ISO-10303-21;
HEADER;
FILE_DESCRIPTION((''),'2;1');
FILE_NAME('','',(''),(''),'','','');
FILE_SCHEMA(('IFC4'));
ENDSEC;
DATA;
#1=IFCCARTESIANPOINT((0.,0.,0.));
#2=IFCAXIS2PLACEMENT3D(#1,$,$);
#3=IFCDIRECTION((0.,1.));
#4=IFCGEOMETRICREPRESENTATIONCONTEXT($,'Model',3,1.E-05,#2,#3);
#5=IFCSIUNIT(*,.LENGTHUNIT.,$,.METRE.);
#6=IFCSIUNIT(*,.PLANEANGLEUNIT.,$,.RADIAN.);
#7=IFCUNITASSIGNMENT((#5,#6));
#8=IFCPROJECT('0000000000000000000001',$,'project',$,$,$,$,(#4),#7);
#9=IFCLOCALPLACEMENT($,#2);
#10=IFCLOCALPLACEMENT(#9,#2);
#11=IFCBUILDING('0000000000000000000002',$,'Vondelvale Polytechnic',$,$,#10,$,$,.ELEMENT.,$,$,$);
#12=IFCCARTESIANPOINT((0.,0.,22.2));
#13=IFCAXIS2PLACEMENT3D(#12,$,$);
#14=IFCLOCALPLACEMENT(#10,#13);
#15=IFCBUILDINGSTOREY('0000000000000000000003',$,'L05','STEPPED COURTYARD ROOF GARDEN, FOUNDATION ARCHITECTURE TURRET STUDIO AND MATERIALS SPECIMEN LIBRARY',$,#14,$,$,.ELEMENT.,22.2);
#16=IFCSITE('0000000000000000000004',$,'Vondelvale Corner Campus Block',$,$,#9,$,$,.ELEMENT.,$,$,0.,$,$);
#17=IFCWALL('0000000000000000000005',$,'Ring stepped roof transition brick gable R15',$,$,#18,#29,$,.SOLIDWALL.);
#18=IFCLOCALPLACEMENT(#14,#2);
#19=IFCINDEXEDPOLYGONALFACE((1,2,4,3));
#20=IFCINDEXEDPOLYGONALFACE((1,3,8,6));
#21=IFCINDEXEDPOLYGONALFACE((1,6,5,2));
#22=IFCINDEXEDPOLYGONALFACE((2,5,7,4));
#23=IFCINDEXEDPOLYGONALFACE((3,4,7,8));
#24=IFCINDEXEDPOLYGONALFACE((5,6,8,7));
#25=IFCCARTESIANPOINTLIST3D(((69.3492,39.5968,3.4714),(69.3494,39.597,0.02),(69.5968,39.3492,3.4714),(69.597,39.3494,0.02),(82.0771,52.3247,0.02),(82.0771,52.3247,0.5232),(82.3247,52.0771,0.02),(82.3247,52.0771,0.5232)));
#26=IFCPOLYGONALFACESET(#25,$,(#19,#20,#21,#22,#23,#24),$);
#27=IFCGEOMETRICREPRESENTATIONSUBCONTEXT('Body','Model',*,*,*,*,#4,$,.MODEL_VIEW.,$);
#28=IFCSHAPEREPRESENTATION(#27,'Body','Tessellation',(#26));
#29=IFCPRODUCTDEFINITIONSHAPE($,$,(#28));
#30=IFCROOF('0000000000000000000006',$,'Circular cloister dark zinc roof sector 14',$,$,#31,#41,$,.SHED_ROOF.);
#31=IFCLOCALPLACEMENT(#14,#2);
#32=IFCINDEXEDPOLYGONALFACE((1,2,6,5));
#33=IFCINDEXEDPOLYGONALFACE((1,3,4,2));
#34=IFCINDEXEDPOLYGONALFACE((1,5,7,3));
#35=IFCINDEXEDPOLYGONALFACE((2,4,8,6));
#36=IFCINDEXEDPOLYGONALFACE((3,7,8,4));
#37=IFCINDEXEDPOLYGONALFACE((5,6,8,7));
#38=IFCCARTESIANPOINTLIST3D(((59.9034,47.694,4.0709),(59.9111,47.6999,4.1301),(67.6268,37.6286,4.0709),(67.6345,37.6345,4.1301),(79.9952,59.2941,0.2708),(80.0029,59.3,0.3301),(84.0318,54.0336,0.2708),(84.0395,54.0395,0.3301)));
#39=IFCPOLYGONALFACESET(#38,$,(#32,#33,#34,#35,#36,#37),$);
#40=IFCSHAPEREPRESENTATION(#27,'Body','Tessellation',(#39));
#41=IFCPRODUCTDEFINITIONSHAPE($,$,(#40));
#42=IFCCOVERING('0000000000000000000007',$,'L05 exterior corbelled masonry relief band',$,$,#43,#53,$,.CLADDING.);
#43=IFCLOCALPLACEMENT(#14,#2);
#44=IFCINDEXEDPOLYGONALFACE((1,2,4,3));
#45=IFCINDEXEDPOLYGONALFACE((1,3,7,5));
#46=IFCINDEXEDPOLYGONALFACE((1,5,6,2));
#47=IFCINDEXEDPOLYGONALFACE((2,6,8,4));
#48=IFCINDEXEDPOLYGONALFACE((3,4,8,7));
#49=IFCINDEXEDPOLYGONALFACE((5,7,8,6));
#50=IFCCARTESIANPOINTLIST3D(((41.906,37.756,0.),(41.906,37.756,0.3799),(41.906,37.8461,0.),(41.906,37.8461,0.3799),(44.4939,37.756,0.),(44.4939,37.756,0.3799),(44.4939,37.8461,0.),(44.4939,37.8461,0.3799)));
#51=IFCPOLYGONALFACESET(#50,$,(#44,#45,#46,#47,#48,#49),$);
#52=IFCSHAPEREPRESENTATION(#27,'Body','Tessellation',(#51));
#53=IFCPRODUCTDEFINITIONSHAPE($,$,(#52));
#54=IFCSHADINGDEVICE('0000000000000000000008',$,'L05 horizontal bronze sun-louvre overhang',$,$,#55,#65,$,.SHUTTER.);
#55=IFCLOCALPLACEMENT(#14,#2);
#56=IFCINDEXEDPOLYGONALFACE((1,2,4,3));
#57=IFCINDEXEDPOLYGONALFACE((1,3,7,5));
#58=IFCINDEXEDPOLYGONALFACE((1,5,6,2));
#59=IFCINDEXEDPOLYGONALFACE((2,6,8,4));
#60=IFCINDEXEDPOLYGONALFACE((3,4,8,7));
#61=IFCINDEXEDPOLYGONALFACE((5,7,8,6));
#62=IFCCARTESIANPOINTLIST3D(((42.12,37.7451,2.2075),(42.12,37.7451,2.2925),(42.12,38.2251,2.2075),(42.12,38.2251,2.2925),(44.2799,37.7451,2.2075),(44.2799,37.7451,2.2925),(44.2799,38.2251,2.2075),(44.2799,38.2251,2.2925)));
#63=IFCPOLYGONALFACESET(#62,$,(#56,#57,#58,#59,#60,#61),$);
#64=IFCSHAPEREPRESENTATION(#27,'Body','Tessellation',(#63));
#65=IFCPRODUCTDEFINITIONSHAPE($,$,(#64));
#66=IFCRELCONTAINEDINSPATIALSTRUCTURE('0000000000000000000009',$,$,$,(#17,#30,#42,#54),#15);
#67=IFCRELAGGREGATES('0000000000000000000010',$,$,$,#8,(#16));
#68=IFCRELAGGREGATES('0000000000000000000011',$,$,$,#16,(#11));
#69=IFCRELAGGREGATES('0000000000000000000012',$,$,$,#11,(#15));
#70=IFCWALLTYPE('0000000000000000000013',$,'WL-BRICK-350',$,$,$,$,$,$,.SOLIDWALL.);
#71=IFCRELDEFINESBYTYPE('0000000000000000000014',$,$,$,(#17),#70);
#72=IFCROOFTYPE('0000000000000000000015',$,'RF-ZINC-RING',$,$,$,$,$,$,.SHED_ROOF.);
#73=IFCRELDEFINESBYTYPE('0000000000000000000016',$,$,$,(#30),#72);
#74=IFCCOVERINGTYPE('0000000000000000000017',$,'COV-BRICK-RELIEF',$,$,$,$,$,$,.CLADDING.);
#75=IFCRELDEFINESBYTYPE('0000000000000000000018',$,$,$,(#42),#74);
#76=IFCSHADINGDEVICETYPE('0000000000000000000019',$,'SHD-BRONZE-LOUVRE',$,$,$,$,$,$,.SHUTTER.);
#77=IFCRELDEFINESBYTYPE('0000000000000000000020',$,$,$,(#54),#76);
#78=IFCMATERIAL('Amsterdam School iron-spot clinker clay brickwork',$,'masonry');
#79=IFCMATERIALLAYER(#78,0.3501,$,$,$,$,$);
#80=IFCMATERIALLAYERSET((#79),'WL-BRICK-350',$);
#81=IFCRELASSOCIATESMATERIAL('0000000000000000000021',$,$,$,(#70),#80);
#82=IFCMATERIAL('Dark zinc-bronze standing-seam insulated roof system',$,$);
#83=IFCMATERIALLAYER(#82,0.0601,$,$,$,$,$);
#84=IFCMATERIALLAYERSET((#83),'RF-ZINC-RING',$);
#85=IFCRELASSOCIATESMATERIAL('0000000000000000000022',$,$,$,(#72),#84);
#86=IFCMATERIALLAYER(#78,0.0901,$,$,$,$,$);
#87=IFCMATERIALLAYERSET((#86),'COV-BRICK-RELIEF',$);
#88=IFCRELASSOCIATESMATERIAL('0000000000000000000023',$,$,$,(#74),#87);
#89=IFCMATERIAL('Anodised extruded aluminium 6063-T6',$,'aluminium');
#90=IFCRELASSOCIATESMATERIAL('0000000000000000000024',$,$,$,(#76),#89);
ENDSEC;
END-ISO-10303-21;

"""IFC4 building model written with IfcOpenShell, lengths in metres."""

from ifc_helpers import new_model, si_unit, direction, frame, origin, origin_2d, place, context, subcontext, project, spatial, polyline, rectangle, outline, extrude, material, layer, layer_set, type_object, element, save


model = new_model("IFC4")

# Units and contexts
model_context = context("Model", 3, precision=1e-05, world=origin(), true_north=direction((0.0, 1.0)))
body_context = subcontext(model_context, "Body", "Model", "MODEL_VIEW")
ifc_project = project(units=[si_unit("LENGTHUNIT", "METRE"), si_unit("PLANEANGLEUNIT", "RADIAN")], contexts=[model_context])

# Site, building, storey
site_placement = place(None, origin())
site = spatial("IfcSite", under=ifc_project, at=site_placement, Name="Vondelvale Corner Campus Block", CompositionType="ELEMENT", RefElevation=0.0)
building_placement = place(site_placement, origin())
building = spatial("IfcBuilding", under=site, at=building_placement, Name="Vondelvale Polytechnic", CompositionType="ELEMENT")
storey_placement = place(building_placement, frame((0.0, 0.0, 22.2)))
storey = spatial("IfcBuildingStorey", under=building, at=storey_placement, Name="L05", Description="STEPPED COURTYARD ROOF GARDEN, FOUNDATION ARCHITECTURE TURRET STUDIO AND MATERIALS SPECIMEN LIBRARY", CompositionType="ELEMENT", Elevation=22.2)

# Shared definitions
ifc_material_1 = material(Name="Amsterdam School iron-spot clinker clay brickwork", Category="masonry")

# Wall
ifc_layer_1 = layer(ifc_material_1, 0.3501)
ifc_layer_set_1 = layer_set([ifc_layer_1], Name="WL-BRICK-350")
wall_type_1 = type_object("IfcWallType", Name="WL-BRICK-350", PredefinedType="SOLIDWALL", material=ifc_layer_set_1)
wall_1_placement = place(storey_placement, frame((82.2009, 52.2009, 0.02), z_axis=(0.0, 0.0, 1.0), x_axis=(-0.707107, -0.707107, 0.0)))
element("IfcWall", 1, at=wall_1_placement, inside=storey, type_object=wall_type_1, Name="Ring stepped roof transition brick gable R15", PredefinedType="SOLIDWALL", context=body_context, shape_type="SweptSolid", body=[
    extrude(outline(polyline([(0.0, 0.0), (17.9998, 0.0), (18.0, 3.4514), (0.0, 0.5032), (0.0, 0.0)])), frame((0.0, 0.175, 0.0), z_axis=(0.0, -1.0, 0.0), x_axis=(1.0, 0.0, 0.0)), (0.0, 0.0, 1.0), 0.3501),
])

# Roof
ifc_material_2 = material(Name="Dark zinc-bronze standing-seam insulated roof system")
ifc_layer_2 = layer(ifc_material_2, 0.0601)
ifc_layer_set_2 = layer_set([ifc_layer_2], Name="RF-ZINC-RING")
roof_type = type_object("IfcRoofType", Name="RF-ZINC-RING", PredefinedType="SHED_ROOF", material=ifc_layer_set_2)
roof_placement = place(storey_placement, frame((80.0029, 59.3, 0.3301), z_axis=(0.129315, 0.099227, 0.986626), x_axis=(-0.854635, -0.493428, 0.16164)))
element("IfcRoof", 2, at=roof_placement, inside=storey, type_object=roof_type, Name="Circular cloister dark zinc roof sector 14", PredefinedType="SHED_ROOF", context=body_context, shape_type="SweptSolid", body=[
    extrude(outline(polyline([(0.0, 0.0), (23.5092, 0.0), (21.8751, 12.5815), (-0.8542, 6.5755), (0.0, 0.0)])), origin(), (0.0, 0.0, -1.0), 0.0601),
])

# Covering
ifc_layer_3 = layer(ifc_material_1, 0.0901)
ifc_layer_set_3 = layer_set([ifc_layer_3], Name="COV-BRICK-RELIEF")
covering_type = type_object("IfcCoveringType", Name="COV-BRICK-RELIEF", PredefinedType="CLADDING", material=ifc_layer_set_3)
covering_placement = place(storey_placement, frame((43.2, 37.801, 0.0), z_axis=(0.0, 0.0, 1.0), x_axis=(1.0, 0.0, 0.0)))
element("IfcCovering", 3, at=covering_placement, inside=storey, type_object=covering_type, Name="L05 exterior corbelled masonry relief band", PredefinedType="CLADDING", context=body_context, shape_type="SweptSolid", body=[
    extrude(rectangle(XDim=2.5879, YDim=0.0901, at=origin_2d()), origin(), (0.0, 0.0, 1.0), 0.3799),
])

# Shading device
ifc_material_3 = material(Name="Anodised extruded aluminium 6063-T6", Category="aluminium")
shading_device_type = type_object("IfcShadingDeviceType", Name="SHD-BRONZE-LOUVRE", PredefinedType="SHUTTER", material=ifc_material_3)
shading_device_placement = place(storey_placement, frame((43.2, 37.9851, 2.2075), z_axis=(0.0, 0.0, 1.0), x_axis=(1.0, 0.0, 0.0)))
element("IfcShadingDevice", 4, at=shading_device_placement, inside=storey, type_object=shading_device_type, Name="L05 horizontal bronze sun-louvre overhang", PredefinedType="SHUTTER", context=body_context, shape_type="SweptSolid", body=[
    extrude(rectangle(XDim=2.1599, YDim=0.48, at=origin_2d()), origin(), (0.0, 0.0, 1.0), 0.085),
])

save(model, "model.ifc")
